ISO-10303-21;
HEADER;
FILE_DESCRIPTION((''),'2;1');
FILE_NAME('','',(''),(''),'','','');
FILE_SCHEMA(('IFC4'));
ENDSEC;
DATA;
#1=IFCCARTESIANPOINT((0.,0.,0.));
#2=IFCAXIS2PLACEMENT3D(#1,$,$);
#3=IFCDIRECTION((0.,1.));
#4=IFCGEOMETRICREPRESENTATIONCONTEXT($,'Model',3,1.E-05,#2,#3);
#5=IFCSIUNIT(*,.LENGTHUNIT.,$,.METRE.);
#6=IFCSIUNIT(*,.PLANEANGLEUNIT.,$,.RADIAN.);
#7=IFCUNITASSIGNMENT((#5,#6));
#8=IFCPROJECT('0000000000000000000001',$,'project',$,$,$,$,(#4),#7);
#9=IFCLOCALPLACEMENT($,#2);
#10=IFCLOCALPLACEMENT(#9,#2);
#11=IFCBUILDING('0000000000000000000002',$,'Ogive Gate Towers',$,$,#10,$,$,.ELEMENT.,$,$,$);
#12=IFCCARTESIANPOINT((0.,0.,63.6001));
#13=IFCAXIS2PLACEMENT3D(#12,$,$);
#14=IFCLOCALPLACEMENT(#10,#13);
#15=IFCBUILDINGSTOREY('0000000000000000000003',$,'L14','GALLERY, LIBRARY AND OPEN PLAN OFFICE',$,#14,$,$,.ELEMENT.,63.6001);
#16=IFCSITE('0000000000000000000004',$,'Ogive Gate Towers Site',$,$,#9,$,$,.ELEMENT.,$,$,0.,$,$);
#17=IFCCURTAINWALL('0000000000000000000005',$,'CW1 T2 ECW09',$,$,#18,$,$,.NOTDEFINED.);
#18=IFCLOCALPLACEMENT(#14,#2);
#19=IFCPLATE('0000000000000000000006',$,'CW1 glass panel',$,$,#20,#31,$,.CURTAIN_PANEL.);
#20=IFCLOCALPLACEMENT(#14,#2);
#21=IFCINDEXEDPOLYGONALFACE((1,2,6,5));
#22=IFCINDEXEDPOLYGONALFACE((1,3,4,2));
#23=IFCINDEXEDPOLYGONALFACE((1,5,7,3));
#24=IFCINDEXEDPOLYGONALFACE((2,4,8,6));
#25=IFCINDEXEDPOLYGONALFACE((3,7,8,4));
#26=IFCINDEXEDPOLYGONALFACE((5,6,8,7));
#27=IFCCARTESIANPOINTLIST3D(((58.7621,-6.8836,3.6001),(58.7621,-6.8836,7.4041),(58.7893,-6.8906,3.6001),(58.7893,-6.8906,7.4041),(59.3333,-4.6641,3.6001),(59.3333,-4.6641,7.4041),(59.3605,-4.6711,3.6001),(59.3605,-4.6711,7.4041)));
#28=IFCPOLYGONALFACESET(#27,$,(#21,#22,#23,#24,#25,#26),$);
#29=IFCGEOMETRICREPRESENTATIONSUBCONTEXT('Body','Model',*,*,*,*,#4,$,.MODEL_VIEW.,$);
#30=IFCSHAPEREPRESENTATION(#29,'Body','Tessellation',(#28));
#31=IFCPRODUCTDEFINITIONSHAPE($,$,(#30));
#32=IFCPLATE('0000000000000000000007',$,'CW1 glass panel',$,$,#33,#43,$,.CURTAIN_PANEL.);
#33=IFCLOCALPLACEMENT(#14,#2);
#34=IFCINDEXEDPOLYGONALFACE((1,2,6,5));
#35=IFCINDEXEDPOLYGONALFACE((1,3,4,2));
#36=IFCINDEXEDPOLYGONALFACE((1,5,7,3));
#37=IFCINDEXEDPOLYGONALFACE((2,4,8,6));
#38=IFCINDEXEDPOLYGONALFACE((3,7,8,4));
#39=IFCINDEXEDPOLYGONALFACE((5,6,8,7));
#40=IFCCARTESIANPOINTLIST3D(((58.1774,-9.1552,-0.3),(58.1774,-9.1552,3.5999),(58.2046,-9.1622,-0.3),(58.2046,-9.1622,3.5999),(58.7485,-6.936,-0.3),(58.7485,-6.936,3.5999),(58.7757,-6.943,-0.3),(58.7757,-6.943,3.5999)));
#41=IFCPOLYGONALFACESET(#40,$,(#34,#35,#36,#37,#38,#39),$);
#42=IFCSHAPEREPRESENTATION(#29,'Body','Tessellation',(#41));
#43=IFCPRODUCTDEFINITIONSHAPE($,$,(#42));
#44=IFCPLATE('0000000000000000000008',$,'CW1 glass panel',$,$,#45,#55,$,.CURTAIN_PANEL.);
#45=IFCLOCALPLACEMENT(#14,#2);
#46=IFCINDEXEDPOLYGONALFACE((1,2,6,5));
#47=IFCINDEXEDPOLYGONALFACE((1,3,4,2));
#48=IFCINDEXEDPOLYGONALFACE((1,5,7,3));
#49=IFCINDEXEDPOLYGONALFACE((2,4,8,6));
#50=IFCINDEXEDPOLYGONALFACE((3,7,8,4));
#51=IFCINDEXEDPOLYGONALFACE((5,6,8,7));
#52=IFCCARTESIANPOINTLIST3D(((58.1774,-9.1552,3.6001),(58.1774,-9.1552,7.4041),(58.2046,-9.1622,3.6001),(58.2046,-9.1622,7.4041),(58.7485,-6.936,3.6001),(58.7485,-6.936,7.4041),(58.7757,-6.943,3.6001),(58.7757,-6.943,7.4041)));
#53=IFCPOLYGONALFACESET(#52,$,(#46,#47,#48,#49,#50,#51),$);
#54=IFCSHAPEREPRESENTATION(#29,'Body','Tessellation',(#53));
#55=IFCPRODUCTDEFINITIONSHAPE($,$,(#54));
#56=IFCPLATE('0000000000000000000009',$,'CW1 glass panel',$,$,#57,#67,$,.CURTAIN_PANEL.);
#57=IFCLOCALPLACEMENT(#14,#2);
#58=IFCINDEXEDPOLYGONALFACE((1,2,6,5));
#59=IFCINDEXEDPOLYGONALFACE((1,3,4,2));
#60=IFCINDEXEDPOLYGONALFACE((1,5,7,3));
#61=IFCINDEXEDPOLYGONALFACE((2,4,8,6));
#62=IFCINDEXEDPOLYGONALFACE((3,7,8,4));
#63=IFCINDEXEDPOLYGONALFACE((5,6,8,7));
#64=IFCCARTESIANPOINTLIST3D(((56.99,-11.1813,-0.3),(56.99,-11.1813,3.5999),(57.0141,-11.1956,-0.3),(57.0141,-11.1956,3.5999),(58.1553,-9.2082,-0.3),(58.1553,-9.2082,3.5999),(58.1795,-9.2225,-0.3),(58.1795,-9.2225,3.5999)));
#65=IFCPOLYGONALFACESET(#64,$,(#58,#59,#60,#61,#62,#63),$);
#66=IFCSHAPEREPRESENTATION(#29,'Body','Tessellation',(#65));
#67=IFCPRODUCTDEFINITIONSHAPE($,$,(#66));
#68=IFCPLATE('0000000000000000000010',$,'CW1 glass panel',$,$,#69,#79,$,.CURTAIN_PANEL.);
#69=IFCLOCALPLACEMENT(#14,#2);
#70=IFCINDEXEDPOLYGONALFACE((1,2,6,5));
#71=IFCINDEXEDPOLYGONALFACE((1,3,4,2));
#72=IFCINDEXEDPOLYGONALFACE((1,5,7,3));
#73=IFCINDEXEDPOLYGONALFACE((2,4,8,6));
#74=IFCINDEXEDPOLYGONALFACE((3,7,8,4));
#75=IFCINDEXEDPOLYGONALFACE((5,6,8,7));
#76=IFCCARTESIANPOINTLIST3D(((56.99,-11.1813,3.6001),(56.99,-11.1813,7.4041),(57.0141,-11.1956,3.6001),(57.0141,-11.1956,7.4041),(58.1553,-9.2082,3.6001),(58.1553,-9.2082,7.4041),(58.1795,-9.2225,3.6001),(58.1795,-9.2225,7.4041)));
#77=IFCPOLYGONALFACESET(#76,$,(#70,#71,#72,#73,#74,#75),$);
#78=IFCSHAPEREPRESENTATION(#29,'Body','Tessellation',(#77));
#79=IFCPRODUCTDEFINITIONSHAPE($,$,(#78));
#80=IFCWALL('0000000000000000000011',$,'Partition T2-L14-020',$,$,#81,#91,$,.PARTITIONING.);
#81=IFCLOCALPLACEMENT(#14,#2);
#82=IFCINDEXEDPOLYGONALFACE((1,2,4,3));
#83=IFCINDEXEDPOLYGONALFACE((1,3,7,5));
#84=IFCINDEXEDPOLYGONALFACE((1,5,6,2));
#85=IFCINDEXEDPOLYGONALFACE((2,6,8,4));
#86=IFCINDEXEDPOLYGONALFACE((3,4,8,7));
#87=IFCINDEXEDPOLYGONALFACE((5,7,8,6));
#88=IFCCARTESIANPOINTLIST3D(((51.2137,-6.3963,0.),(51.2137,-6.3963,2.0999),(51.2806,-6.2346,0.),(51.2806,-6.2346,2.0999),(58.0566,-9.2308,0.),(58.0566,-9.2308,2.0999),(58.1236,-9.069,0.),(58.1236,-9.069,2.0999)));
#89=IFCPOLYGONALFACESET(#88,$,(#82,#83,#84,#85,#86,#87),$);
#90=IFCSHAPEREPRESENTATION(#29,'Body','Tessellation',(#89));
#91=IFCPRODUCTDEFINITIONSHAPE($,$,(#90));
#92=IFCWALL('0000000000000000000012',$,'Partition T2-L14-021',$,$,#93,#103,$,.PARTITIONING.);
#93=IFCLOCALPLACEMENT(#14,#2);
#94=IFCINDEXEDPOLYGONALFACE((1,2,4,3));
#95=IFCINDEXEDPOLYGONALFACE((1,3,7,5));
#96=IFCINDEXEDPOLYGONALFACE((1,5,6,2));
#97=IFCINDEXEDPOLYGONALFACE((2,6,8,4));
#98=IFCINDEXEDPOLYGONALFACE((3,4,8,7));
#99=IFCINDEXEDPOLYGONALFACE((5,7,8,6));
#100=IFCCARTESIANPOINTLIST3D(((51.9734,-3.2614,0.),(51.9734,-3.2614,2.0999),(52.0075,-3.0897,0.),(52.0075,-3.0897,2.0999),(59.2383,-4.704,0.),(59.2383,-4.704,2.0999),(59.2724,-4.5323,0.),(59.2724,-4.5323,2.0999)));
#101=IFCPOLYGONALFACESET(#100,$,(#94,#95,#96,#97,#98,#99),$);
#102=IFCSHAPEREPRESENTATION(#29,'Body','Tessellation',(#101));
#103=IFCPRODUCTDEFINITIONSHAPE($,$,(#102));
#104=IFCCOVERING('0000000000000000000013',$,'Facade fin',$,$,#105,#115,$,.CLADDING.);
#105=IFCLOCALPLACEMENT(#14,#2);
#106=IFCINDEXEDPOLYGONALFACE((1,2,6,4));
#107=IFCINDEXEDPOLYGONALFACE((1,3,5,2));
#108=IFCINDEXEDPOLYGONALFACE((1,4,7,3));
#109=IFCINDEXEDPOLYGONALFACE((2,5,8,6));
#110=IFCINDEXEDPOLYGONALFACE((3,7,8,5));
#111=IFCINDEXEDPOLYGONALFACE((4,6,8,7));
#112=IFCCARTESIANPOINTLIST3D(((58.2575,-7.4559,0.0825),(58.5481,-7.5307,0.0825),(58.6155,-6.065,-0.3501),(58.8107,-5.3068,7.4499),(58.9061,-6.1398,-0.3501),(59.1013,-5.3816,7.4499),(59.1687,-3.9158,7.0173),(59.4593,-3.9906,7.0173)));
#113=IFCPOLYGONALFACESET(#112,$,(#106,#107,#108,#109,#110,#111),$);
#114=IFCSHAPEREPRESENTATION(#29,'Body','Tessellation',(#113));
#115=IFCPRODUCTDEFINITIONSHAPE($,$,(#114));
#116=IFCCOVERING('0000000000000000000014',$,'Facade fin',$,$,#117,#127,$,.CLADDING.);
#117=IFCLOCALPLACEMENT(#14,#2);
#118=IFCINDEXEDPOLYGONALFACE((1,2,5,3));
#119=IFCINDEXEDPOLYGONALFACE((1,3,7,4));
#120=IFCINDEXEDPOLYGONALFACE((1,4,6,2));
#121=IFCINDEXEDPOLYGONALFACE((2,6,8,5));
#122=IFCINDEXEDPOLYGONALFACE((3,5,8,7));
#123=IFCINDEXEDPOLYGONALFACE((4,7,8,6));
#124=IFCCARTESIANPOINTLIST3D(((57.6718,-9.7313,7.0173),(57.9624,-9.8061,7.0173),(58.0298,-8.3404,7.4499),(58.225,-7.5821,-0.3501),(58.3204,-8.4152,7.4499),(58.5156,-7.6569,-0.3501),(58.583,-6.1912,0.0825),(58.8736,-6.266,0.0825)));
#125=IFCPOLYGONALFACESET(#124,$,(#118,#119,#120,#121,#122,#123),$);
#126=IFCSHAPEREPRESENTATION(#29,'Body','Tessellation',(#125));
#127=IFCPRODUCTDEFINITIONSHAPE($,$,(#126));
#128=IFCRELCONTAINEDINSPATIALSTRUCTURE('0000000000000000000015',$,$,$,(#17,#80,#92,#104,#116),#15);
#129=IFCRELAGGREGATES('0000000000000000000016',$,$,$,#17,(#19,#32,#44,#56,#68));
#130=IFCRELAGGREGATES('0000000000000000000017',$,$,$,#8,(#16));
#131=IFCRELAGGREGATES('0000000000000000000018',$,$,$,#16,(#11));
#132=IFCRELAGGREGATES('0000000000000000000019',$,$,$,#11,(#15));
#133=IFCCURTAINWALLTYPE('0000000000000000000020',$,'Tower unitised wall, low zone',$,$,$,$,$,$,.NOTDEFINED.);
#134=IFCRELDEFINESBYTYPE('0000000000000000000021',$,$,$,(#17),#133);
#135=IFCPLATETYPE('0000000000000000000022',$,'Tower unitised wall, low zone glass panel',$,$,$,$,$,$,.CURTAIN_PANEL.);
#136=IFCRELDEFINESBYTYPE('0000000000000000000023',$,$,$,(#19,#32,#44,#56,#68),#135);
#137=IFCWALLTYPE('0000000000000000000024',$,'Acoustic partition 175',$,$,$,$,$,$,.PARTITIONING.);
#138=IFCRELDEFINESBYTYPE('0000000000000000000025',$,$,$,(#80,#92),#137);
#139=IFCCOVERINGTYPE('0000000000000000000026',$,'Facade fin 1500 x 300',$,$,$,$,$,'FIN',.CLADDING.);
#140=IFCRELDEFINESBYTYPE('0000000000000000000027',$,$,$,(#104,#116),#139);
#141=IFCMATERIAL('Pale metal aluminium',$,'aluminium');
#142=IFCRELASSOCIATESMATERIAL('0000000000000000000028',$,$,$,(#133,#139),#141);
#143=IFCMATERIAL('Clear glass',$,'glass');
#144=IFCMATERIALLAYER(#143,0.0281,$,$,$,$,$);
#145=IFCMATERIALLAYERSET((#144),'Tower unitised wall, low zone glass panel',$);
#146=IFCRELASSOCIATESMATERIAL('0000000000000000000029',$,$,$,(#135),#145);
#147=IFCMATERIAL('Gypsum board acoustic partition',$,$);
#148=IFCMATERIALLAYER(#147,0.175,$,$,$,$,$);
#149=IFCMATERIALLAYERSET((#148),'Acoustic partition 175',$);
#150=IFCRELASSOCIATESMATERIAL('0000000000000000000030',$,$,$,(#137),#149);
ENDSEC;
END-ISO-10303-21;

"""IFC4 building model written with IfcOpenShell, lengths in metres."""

from ifc_helpers import new_model, si_unit, direction, frame, frame_2d, origin, origin_2d, place, context, subcontext, project, spatial, rectangle, extrude, material, layer, layer_set, material_profile, profile_set, type_object, element, aggregate, save


model = new_model("IFC4")

# Units and contexts
model_context = context("Model", 3, precision=1e-05, world=origin(), true_north=direction((0.0, 1.0)))
body_context = subcontext(model_context, "Body", "Model", "MODEL_VIEW")
ifc_project = project(units=[si_unit("LENGTHUNIT", "METRE"), si_unit("PLANEANGLEUNIT", "RADIAN")], contexts=[model_context])

# Site, building, storey
site_placement = place(None, origin())
site = spatial("IfcSite", under=ifc_project, at=site_placement, Name="Ogive Gate Towers Site", CompositionType="ELEMENT", RefElevation=0.0)
building_placement = place(site_placement, origin())
building = spatial("IfcBuilding", under=site, at=building_placement, Name="Ogive Gate Towers", CompositionType="ELEMENT")
storey_placement = place(building_placement, frame((0.0, 0.0, 63.6001)))
storey = spatial("IfcBuildingStorey", under=building, at=storey_placement, Name="L14", Description="GALLERY, LIBRARY AND OPEN PLAN OFFICE", CompositionType="ELEMENT", Elevation=63.6001)

# Curtain wall, plates
ifc_material_1 = material(Name="Pale metal aluminium", Category="aluminium")
curtain_wall_type = type_object("IfcCurtainWallType", Name="Tower unitised wall, low zone", PredefinedType="NOTDEFINED", material=ifc_material_1)
curtain_wall_placement = place(storey_placement, origin())
curtain_wall = element("IfcCurtainWall", 1, at=curtain_wall_placement, inside=storey, type_object=curtain_wall_type, Name="CW1 T2 ECW09", PredefinedType="NOTDEFINED")
ifc_material_2 = material(Name="Clear glass", Category="glass")
ifc_layer_1 = layer(ifc_material_2, 0.0281)
ifc_layer_set_1 = layer_set([ifc_layer_1], Name="Tower unitised wall, low zone glass panel")
plate_type = type_object("IfcPlateType", Name="Tower unitised wall, low zone glass panel", PredefinedType="CURTAIN_PANEL", material=ifc_layer_set_1)
plate_1_placement = place(storey_placement, frame((59.0613, -5.7773, 3.6001), z_axis=(0.0, 0.0, 1.0), x_axis=(-0.249248, -0.96844, 0.0)))
plate_1 = element("IfcPlate", 2, at=plate_1_placement, type_object=plate_type, Name="CW1 glass panel", PredefinedType="CURTAIN_PANEL", context=body_context, shape_type="SweptSolid", body=[
    extrude(rectangle(XDim=2.2917, YDim=0.0281, at=origin_2d()), origin(), (0.0, 0.0, 1.0), 3.804),
])
plate_2_placement = place(storey_placement, frame((58.4766, -8.0491, -0.3), z_axis=(0.0, 0.0, 1.0), x_axis=(-0.249248, -0.96844, 0.0)))
plate_2 = element("IfcPlate", 3, at=plate_2_placement, type_object=plate_type, Name="CW1 glass panel", PredefinedType="CURTAIN_PANEL", context=body_context, shape_type="SweptSolid", body=[
    extrude(rectangle(XDim=2.2915, YDim=0.0281, at=origin_2d()), origin(), (0.0, 0.0, 1.0), 3.8999),
])
plate_3_placement = place(storey_placement, frame((58.4766, -8.0491, 3.6001), z_axis=(0.0, 0.0, 1.0), x_axis=(-0.249248, -0.96844, 0.0)))
plate_3 = element("IfcPlate", 4, at=plate_3_placement, type_object=plate_type, Name="CW1 glass panel", PredefinedType="CURTAIN_PANEL", context=body_context, shape_type="SweptSolid", body=[
    extrude(rectangle(XDim=2.2915, YDim=0.0281, at=origin_2d()), origin(), (0.0, 0.0, 1.0), 3.804),
])
plate_4_placement = place(storey_placement, frame((57.5847, -10.2019, -0.3), z_axis=(0.0, 0.0, 1.0), x_axis=(-0.508546, -0.861035, 0.0)))
plate_4 = element("IfcPlate", 5, at=plate_4_placement, type_object=plate_type, Name="CW1 glass panel", PredefinedType="CURTAIN_PANEL", context=body_context, shape_type="SweptSolid", body=[
    extrude(rectangle(XDim=2.2915, YDim=0.0281, at=origin_2d()), origin(), (0.0, 0.0, 1.0), 3.8999),
])
plate_5_placement = place(storey_placement, frame((57.5847, -10.2019, 3.6001), z_axis=(0.0, 0.0, 1.0), x_axis=(-0.508546, -0.861035, 0.0)))
plate_5 = element("IfcPlate", 6, at=plate_5_placement, type_object=plate_type, Name="CW1 glass panel", PredefinedType="CURTAIN_PANEL", context=body_context, shape_type="SweptSolid", body=[
    extrude(rectangle(XDim=2.2915, YDim=0.0281, at=origin_2d()), origin(), (0.0, 0.0, 1.0), 3.804),
])
aggregate(curtain_wall, [plate_1, plate_2, plate_3, plate_4, plate_5])

# Walls
ifc_material_3 = material(Name="Gypsum board acoustic partition")
ifc_layer_2 = layer(ifc_material_3, 0.175)
ifc_layer_set_2 = layer_set([ifc_layer_2], Name="Acoustic partition 175")
wall_type = type_object("IfcWallType", Name="Acoustic partition 175", PredefinedType="PARTITIONING", material=ifc_layer_set_2)
for number, where, z_axis, x_axis, name in (
    (7, (58.0901, -9.1499, 0.0), (0.0, 0.0, 1.0), (-0.923879, 0.382684, 0.0), "Partition T2-L14-020"),
    (8, (59.2554, -4.6182, 0.0), (0.0, 0.0, 1.0), (-0.980849, 0.194772, 0.0), "Partition T2-L14-021"),
):
    element("IfcWall", number, at=place(storey_placement, frame(where, z_axis=z_axis, x_axis=x_axis)), inside=storey, type_object=wall_type, Name=name, PredefinedType="PARTITIONING", context=body_context, shape_type="SweptSolid", body=[
        extrude(rectangle(XDim=7.4067, YDim=0.175, at=frame_2d((3.7034, 0.0))), origin(), (0.0, 0.0, 1.0), 2.0999),
    ])

# Coverings
ifc_material_profile_1 = material_profile(ifc_material_1, rectangle(XDim=0.3, YDim=1.5, at=origin_2d()), Name="1500 x 300 pale metal aluminium")
ifc_profile_set_1 = profile_set([ifc_material_profile_1], Name="Pale metal aluminium")
covering_type = type_object("IfcCoveringType", Name="Facade fin 1500 x 300", ElementType="FIN", PredefinedType="CLADDING", material=ifc_profile_set_1)
for number, where, z_axis, x_axis, name in (
    (9, (58.5818, -6.7979, -0.1338), (0.071899, 0.279316, 0.957504), (-0.96843, 0.249286, 0.0), "Facade fin"),
    (10, (58.5493, -6.9241, -0.1338), (-0.071899, -0.279316, 0.957504), (0.96843, -0.249286, 0.0), "Facade fin"),
):
    element("IfcCovering", number, at=place(storey_placement, frame(where, z_axis=z_axis, x_axis=x_axis)), inside=storey, type_object=covering_type, Name=name, PredefinedType="CLADDING", context=body_context, shape_type="SweptSolid", body=[
        extrude(rectangle(XDim=0.3, YDim=1.5, at=origin_2d()), origin(), (0.0, 0.0, 1.0), 7.6943),
    ])

save(model, "model.ifc")
